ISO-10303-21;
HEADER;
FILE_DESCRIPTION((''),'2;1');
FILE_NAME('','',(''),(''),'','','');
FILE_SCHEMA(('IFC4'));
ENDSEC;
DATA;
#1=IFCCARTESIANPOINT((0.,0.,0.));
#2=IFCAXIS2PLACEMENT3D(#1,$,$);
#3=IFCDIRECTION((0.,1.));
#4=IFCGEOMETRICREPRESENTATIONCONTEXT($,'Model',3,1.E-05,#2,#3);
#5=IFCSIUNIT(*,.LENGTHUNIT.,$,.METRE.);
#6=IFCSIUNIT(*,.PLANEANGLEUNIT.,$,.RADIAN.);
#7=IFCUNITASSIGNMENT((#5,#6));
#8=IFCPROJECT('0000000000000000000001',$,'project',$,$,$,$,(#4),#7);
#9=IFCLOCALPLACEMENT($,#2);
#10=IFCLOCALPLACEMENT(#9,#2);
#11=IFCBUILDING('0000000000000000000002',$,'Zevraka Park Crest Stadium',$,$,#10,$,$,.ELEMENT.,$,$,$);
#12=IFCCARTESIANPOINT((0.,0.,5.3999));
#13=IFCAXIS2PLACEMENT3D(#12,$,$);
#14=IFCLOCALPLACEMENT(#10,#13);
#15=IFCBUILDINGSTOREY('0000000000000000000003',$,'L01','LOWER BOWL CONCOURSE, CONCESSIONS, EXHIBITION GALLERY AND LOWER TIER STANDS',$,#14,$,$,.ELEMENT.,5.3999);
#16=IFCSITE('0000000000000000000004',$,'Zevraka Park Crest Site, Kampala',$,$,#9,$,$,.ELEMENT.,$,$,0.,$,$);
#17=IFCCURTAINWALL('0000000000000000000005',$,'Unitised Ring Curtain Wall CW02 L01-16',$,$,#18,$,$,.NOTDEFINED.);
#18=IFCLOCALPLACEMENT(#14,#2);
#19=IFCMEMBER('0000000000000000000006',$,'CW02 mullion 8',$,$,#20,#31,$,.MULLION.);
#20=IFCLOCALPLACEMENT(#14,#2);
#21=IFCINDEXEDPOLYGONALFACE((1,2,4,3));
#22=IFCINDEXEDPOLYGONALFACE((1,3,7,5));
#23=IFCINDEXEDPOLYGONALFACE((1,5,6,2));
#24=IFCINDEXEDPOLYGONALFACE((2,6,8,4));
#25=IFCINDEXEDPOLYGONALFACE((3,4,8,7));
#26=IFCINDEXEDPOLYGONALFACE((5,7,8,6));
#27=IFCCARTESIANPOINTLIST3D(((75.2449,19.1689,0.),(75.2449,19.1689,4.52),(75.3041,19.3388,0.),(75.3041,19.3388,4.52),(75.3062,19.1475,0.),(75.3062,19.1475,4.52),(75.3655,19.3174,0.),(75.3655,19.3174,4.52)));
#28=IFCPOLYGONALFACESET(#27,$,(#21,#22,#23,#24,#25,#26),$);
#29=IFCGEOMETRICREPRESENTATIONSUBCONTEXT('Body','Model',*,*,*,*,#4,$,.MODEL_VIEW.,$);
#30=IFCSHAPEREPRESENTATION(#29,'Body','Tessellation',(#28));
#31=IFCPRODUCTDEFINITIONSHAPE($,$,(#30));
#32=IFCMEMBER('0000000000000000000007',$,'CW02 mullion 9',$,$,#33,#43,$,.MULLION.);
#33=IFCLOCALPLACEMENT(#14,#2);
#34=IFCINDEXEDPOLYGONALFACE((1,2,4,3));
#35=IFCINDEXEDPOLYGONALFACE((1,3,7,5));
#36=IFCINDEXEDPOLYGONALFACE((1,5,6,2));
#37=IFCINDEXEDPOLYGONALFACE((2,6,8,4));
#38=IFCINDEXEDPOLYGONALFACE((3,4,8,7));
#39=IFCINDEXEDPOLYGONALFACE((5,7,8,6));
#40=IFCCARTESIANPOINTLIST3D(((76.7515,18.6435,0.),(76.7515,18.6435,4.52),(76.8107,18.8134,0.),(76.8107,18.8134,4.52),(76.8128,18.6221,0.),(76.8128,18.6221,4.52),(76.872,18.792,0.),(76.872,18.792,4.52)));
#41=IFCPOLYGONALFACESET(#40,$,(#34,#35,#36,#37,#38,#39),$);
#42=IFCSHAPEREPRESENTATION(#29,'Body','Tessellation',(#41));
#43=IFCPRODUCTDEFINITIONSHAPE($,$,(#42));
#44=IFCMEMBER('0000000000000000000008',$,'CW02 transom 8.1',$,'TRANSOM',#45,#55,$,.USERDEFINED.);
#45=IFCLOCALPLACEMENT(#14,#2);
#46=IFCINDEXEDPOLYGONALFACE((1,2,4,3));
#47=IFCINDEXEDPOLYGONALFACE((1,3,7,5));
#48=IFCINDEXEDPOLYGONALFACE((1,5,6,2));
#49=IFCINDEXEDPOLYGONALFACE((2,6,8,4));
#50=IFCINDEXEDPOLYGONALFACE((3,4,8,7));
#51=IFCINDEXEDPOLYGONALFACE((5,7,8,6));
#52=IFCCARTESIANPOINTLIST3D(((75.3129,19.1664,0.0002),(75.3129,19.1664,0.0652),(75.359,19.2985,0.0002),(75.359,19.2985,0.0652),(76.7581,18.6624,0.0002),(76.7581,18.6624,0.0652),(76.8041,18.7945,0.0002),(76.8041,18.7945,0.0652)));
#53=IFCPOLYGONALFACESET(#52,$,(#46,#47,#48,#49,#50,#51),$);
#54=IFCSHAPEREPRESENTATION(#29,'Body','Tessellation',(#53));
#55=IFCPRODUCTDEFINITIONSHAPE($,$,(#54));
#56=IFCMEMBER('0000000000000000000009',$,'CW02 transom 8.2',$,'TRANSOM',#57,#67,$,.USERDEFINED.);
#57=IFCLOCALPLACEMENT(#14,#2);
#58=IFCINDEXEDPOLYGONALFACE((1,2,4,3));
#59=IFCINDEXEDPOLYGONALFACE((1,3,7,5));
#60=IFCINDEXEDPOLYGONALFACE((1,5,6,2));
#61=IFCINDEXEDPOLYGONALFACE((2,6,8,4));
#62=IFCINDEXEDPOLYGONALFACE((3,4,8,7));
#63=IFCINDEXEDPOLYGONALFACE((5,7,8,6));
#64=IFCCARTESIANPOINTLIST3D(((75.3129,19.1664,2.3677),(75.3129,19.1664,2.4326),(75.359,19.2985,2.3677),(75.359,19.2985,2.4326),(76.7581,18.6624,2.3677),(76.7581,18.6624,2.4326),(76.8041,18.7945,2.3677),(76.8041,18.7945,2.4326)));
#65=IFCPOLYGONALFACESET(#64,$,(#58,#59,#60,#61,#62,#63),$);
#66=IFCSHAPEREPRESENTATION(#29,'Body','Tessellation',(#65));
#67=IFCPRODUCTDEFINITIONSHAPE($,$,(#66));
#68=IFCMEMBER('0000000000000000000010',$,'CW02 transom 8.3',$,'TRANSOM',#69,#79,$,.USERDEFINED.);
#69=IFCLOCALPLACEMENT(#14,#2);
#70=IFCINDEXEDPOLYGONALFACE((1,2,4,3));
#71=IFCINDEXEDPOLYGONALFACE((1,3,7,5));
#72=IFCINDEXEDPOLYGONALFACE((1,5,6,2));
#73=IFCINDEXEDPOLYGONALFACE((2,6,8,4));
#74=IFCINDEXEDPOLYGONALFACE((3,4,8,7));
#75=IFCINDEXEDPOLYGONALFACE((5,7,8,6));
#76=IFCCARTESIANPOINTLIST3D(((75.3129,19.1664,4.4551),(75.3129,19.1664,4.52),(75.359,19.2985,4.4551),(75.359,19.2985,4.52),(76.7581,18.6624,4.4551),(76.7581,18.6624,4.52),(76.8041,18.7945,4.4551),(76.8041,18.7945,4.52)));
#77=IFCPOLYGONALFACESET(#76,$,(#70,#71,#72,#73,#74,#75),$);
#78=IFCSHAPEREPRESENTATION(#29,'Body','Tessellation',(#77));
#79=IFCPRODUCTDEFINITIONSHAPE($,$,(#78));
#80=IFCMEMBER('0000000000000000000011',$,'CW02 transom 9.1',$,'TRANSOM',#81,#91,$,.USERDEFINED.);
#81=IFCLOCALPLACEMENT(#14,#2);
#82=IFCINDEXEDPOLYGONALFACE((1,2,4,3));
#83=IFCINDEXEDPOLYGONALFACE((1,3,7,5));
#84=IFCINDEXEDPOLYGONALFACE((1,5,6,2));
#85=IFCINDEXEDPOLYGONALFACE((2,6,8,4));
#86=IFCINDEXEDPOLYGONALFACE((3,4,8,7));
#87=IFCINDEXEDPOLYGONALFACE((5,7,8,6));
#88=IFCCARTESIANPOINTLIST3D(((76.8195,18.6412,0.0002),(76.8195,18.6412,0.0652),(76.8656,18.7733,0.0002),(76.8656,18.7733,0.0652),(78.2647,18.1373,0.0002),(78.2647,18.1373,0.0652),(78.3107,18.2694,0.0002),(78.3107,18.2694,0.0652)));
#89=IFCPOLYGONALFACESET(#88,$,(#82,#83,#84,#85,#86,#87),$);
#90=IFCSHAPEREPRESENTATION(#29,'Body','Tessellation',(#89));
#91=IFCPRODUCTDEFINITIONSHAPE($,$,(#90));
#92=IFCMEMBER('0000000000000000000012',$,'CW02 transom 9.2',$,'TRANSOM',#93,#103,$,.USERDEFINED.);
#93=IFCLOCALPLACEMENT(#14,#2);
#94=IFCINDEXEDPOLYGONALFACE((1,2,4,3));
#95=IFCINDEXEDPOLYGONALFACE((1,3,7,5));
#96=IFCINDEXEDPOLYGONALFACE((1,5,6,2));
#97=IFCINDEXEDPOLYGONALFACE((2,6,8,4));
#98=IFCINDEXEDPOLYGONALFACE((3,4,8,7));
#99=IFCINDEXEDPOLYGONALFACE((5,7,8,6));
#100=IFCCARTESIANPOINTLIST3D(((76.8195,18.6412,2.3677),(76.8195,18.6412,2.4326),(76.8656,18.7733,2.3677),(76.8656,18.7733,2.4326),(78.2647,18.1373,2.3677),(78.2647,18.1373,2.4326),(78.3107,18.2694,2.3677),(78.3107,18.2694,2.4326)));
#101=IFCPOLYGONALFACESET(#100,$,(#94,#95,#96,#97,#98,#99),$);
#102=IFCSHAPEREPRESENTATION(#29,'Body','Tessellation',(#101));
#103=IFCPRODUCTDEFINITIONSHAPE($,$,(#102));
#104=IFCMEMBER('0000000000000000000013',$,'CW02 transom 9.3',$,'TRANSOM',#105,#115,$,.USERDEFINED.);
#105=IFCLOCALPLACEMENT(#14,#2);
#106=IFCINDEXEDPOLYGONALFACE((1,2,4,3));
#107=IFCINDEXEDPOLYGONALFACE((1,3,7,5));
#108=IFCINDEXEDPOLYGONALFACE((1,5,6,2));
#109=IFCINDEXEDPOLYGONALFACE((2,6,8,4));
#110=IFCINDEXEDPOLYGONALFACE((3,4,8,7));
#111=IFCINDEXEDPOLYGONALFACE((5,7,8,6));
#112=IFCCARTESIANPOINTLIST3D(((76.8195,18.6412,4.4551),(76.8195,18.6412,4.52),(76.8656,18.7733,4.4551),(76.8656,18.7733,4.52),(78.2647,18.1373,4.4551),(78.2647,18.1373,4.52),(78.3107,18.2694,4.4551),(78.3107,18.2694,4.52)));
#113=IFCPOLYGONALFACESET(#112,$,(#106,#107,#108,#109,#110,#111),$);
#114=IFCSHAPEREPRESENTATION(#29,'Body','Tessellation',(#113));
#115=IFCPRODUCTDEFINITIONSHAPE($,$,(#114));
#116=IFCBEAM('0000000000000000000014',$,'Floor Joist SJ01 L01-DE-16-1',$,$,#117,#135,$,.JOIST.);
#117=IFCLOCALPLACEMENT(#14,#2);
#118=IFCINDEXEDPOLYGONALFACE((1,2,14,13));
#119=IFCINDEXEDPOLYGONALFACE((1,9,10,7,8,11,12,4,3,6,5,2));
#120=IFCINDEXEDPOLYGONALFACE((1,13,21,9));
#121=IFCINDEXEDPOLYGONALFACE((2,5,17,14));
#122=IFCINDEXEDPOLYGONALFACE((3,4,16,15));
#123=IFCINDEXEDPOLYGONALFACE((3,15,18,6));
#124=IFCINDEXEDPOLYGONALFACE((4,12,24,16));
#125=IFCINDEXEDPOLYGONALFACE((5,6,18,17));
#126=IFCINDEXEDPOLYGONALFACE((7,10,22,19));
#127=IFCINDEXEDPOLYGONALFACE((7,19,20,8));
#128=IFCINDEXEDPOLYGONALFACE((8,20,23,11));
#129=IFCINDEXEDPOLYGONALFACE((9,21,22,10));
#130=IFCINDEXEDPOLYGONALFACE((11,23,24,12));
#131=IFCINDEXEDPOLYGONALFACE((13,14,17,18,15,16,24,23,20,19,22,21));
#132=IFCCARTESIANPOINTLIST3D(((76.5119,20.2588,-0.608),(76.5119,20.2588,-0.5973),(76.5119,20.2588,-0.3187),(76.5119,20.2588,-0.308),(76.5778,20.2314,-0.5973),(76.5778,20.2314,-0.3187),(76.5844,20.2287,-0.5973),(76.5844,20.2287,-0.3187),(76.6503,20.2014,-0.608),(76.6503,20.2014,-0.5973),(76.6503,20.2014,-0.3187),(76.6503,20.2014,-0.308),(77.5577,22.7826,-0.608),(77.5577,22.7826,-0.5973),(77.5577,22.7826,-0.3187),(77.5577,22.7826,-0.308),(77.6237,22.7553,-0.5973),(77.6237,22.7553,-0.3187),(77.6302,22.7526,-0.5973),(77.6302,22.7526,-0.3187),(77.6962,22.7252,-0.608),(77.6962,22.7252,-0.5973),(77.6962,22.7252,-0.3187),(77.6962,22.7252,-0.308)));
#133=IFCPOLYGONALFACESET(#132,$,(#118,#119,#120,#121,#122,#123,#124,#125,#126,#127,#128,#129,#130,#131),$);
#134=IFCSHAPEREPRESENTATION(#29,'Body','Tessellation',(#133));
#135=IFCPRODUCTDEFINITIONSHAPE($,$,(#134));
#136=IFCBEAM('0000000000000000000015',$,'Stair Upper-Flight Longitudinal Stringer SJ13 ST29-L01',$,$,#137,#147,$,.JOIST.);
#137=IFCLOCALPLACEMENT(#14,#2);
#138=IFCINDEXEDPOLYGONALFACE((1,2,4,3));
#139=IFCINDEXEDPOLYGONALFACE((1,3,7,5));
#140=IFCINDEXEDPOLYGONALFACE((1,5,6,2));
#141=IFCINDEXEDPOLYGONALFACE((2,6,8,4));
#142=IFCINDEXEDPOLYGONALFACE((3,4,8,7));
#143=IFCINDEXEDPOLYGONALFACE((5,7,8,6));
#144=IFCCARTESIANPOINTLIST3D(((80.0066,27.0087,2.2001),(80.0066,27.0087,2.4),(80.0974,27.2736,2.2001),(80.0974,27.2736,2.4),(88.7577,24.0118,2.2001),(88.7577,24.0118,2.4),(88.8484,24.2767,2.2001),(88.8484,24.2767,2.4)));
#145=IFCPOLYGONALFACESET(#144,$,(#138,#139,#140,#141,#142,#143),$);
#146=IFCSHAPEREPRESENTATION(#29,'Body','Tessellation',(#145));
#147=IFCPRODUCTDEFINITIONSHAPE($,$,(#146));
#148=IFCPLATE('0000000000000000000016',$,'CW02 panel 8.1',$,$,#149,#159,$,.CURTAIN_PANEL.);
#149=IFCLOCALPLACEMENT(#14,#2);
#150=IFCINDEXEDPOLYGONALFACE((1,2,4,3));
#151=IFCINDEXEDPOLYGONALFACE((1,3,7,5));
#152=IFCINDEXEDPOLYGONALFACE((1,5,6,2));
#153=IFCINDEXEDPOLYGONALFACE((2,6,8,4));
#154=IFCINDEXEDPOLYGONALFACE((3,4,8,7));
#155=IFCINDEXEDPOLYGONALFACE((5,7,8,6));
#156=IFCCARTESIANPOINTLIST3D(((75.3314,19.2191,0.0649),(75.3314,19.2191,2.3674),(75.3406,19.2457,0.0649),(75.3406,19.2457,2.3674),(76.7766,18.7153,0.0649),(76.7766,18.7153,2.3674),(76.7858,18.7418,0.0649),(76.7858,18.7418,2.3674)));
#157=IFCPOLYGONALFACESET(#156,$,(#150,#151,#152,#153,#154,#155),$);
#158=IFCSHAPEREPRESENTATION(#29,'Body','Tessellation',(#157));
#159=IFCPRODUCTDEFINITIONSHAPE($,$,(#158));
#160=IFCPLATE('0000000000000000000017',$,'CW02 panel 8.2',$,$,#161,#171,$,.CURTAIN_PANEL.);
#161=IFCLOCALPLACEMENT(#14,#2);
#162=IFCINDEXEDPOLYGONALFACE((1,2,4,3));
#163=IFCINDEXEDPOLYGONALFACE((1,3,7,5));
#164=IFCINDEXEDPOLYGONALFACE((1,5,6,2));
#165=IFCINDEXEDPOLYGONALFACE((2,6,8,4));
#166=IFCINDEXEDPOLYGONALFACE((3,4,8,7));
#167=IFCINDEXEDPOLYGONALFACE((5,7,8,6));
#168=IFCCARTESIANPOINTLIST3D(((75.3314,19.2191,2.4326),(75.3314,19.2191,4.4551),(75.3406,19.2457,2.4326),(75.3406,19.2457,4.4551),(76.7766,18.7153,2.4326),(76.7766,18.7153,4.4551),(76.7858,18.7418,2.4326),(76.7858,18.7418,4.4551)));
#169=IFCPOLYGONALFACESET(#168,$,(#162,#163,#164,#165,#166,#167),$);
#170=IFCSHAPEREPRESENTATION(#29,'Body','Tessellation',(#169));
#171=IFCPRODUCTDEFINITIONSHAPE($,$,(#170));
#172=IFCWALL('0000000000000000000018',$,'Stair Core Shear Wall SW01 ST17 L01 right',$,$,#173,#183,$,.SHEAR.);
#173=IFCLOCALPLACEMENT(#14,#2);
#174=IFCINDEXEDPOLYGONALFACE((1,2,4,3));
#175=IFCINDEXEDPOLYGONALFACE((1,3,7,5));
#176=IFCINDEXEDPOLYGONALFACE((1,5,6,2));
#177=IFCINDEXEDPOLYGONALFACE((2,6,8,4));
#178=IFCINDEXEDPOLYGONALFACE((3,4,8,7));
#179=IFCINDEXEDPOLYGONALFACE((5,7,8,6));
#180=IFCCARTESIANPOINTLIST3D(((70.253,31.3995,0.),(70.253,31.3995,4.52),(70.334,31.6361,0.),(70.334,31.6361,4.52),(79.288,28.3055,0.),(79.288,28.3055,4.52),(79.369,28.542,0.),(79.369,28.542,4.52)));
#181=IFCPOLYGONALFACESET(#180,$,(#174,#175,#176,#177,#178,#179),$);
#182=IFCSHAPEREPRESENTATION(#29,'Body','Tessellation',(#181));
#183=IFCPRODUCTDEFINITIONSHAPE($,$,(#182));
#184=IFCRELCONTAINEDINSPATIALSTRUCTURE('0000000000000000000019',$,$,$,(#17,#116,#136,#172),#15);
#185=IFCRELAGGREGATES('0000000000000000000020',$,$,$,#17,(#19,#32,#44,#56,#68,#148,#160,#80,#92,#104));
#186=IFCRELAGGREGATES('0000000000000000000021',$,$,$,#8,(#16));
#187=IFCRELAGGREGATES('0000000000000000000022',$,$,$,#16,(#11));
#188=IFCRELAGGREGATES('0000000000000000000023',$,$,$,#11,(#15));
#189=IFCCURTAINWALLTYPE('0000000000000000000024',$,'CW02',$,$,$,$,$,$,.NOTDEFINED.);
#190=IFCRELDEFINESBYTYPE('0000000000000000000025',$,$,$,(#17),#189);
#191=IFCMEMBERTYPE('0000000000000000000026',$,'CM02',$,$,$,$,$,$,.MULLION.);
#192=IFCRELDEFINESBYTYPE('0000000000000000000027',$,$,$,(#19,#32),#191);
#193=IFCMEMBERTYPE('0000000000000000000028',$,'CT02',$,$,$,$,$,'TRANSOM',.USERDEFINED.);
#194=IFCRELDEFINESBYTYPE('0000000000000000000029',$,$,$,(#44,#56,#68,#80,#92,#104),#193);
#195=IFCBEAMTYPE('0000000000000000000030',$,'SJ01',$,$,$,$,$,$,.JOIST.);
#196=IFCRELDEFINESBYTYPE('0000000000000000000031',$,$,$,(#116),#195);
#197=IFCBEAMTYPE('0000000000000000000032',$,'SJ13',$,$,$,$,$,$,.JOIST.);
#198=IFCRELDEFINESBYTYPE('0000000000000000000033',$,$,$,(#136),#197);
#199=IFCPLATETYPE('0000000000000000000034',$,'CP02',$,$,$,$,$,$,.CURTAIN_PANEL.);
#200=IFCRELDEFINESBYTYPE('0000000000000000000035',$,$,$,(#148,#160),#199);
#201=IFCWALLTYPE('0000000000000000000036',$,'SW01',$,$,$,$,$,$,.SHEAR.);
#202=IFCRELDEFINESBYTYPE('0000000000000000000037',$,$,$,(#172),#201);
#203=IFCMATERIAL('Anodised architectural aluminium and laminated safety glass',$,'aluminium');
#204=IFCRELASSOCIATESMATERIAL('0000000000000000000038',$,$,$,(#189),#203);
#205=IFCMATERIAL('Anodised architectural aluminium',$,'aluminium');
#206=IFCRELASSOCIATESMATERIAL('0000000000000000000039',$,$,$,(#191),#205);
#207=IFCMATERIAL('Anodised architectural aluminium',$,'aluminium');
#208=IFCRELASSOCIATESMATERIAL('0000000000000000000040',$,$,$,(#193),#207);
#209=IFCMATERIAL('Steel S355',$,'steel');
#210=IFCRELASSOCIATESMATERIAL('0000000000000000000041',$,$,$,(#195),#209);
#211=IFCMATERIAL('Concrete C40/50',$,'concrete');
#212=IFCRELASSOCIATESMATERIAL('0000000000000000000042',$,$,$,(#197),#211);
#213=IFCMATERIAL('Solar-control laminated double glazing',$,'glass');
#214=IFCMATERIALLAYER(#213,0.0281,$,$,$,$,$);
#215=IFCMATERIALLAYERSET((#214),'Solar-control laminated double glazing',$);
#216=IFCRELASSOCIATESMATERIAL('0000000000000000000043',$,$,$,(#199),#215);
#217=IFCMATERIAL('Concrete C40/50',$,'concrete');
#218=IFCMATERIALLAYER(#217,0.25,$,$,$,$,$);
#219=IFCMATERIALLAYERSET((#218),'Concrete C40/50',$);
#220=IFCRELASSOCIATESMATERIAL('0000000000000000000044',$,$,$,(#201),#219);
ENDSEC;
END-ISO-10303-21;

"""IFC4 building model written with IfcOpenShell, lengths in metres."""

from ifc_helpers import new_model, si_unit, direction, frame, frame_2d, origin, origin_2d, place, context, subcontext, project, spatial, rectangle, i_section, extrude, material, layer, layer_set, material_profile, profile_set, type_object, element, aggregate, save


model = new_model("IFC4")

# Units and contexts
model_context = context("Model", 3, precision=1e-05, world=origin(), true_north=direction((0.0, 1.0)))
body_context = subcontext(model_context, "Body", "Model", "MODEL_VIEW")
ifc_project = project(units=[si_unit("LENGTHUNIT", "METRE"), si_unit("PLANEANGLEUNIT", "RADIAN")], contexts=[model_context])

# Site, building, storey
site_placement = place(None, origin())
site = spatial("IfcSite", under=ifc_project, at=site_placement, Name="Zevraka Park Crest Site, Kampala", CompositionType="ELEMENT", RefElevation=0.0)
building_placement = place(site_placement, origin())
building = spatial("IfcBuilding", under=site, at=building_placement, Name="Zevraka Park Crest Stadium", CompositionType="ELEMENT")
storey_placement = place(building_placement, frame((0.0, 0.0, 5.3999)))
storey = spatial("IfcBuildingStorey", under=building, at=storey_placement, Name="L01", Description="LOWER BOWL CONCOURSE, CONCESSIONS, EXHIBITION GALLERY AND LOWER TIER STANDS", CompositionType="ELEMENT", Elevation=5.3999)

# Curtain wall, members
ifc_material_1 = material(Name="Anodised architectural aluminium and laminated safety glass", Category="aluminium")
curtain_wall_type = type_object("IfcCurtainWallType", Name="CW02", PredefinedType="NOTDEFINED", material=ifc_material_1)
curtain_wall_placement = place(storey_placement, origin())
curtain_wall = element("IfcCurtainWall", 1, at=curtain_wall_placement, inside=storey, type_object=curtain_wall_type, Name="Unitised Ring Curtain Wall CW02 L01-16", PredefinedType="NOTDEFINED")
ifc_material_2 = material(Name="Anodised architectural aluminium", Category="aluminium")
ifc_material_profile_1 = material_profile(ifc_material_2, rectangle(XDim=0.1799, YDim=0.0649, at=origin_2d()), Name="ALU MULLION 180x65")
ifc_profile_set_1 = profile_set([ifc_material_profile_1], Name="Anodised architectural aluminium")
member_type_1 = type_object("IfcMemberType", Name="CM02", PredefinedType="MULLION", material=ifc_profile_set_1)
member_1_placement = place(storey_placement, frame((75.3052, 19.2432, 0.0), z_axis=(0.0, 0.0, 1.0), x_axis=(0.329209, 0.944257, 0.0)))
member_1 = element("IfcMember", 2, at=member_1_placement, type_object=member_type_1, Name="CW02 mullion 8", PredefinedType="MULLION", context=body_context, shape_type="SweptSolid", body=[
    extrude(rectangle(XDim=0.1799, YDim=0.0649, at=origin_2d()), origin(), (0.0, 0.0, 1.0), 4.52),
])
member_2_placement = place(storey_placement, frame((76.8118, 18.7178, 0.0), z_axis=(0.0, 0.0, 1.0), x_axis=(0.329209, 0.944257, 0.0)))
member_2 = element("IfcMember", 3, at=member_2_placement, type_object=member_type_1, Name="CW02 mullion 9", PredefinedType="MULLION", context=body_context, shape_type="SweptSolid", body=[
    extrude(rectangle(XDim=0.1799, YDim=0.0649, at=origin_2d()), origin(), (0.0, 0.0, 1.0), 4.52),
])
ifc_material_3 = material(Name="Anodised architectural aluminium", Category="aluminium")
ifc_material_profile_2 = material_profile(ifc_material_3, rectangle(XDim=0.1399, YDim=0.0649, at=origin_2d()), Name="ALU TRANSOM 140x65")
ifc_profile_set_2 = profile_set([ifc_material_profile_2], Name="Anodised architectural aluminium")
member_type_2 = type_object("IfcMemberType", Name="CT02", ElementType="TRANSOM", PredefinedType="USERDEFINED", material=ifc_profile_set_2)
member_3_placement = place(storey_placement, frame((75.3359, 19.2324, 0.0327), z_axis=(0.944238, -0.329263, 0.0), x_axis=(0.329263, 0.944238, 0.0)))
member_3 = element("IfcMember", 4, at=member_3_placement, type_object=member_type_2, Name="CW02 transom 8.1", ObjectType="TRANSOM", PredefinedType="USERDEFINED", context=body_context, shape_type="SweptSolid", body=[
    extrude(rectangle(XDim=0.1399, YDim=0.0649, at=origin_2d()), origin(), (0.0, 0.0, 1.0), 1.5305),
])
member_4_placement = place(storey_placement, frame((75.3359, 19.2324, 2.4001), z_axis=(0.944238, -0.329263, 0.0), x_axis=(0.329263, 0.944238, 0.0)))
member_4 = element("IfcMember", 5, at=member_4_placement, type_object=member_type_2, Name="CW02 transom 8.2", ObjectType="TRANSOM", PredefinedType="USERDEFINED", context=body_context, shape_type="SweptSolid", body=[
    extrude(rectangle(XDim=0.1399, YDim=0.0649, at=origin_2d()), origin(), (0.0, 0.0, 1.0), 1.5305),
])
member_5_placement = place(storey_placement, frame((75.3359, 19.2324, 4.4875), z_axis=(0.944238, -0.329263, 0.0), x_axis=(0.329263, 0.944238, 0.0)))
member_5 = element("IfcMember", 6, at=member_5_placement, type_object=member_type_2, Name="CW02 transom 8.3", ObjectType="TRANSOM", PredefinedType="USERDEFINED", context=body_context, shape_type="SweptSolid", body=[
    extrude(rectangle(XDim=0.1399, YDim=0.0649, at=origin_2d()), origin(), (0.0, 0.0, 1.0), 1.5305),
])
member_6_placement = place(storey_placement, frame((76.8425, 18.7073, 0.0327), z_axis=(0.944238, -0.329263, 0.0), x_axis=(0.329263, 0.944238, 0.0)))
member_6 = element("IfcMember", 7, at=member_6_placement, type_object=member_type_2, Name="CW02 transom 9.1", ObjectType="TRANSOM", PredefinedType="USERDEFINED", context=body_context, shape_type="SweptSolid", body=[
    extrude(rectangle(XDim=0.1399, YDim=0.0649, at=origin_2d()), origin(), (0.0, 0.0, 1.0), 1.5305),
])
member_7_placement = place(storey_placement, frame((76.8425, 18.7073, 2.4001), z_axis=(0.944238, -0.329263, 0.0), x_axis=(0.329263, 0.944238, 0.0)))
member_7 = element("IfcMember", 8, at=member_7_placement, type_object=member_type_2, Name="CW02 transom 9.2", ObjectType="TRANSOM", PredefinedType="USERDEFINED", context=body_context, shape_type="SweptSolid", body=[
    extrude(rectangle(XDim=0.1399, YDim=0.0649, at=origin_2d()), origin(), (0.0, 0.0, 1.0), 1.5305),
])
member_8_placement = place(storey_placement, frame((76.8425, 18.7073, 4.4875), z_axis=(0.944238, -0.329263, 0.0), x_axis=(0.329263, 0.944238, 0.0)))
member_8 = element("IfcMember", 9, at=member_8_placement, type_object=member_type_2, Name="CW02 transom 9.3", ObjectType="TRANSOM", PredefinedType="USERDEFINED", context=body_context, shape_type="SweptSolid", body=[
    extrude(rectangle(XDim=0.1399, YDim=0.0649, at=origin_2d()), origin(), (0.0, 0.0, 1.0), 1.5305),
])

# Beams
ifc_material_4 = material(Name="Steel S355", Category="steel")
ifc_material_profile_3 = material_profile(ifc_material_4, i_section(OverallWidth=0.1499, OverallDepth=0.3, WebThickness=0.0071, FlangeThickness=0.0107, at=origin_2d()), Name="IPE 300")
ifc_profile_set_3 = profile_set([ifc_material_profile_3], Name="Steel S355")
beam_type_1 = type_object("IfcBeamType", Name="SJ01", PredefinedType="JOIST", material=ifc_profile_set_3)
beam_1_placement = place(storey_placement, frame((77.627, 22.7539, -0.458), z_axis=(-0.382825, -0.923821, 0.0), x_axis=(0.923821, -0.382825, 0.0)))
element("IfcBeam", 10, at=beam_1_placement, inside=storey, type_object=beam_type_1, Name="Floor Joist SJ01 L01-DE-16-1", PredefinedType="JOIST", context=body_context, shape_type="SweptSolid", body=[
    extrude(i_section(OverallWidth=0.1499, OverallDepth=0.3, WebThickness=0.0071, FlangeThickness=0.0107, at=origin_2d()), origin(), (0.0, 0.0, 1.0), 2.7319),
])
ifc_material_5 = material(Name="Concrete C40/50", Category="concrete")
ifc_material_profile_4 = material_profile(ifc_material_5, rectangle(XDim=0.28, YDim=0.2, at=origin_2d()), Name="RC 200x280")
ifc_profile_set_4 = profile_set([ifc_material_profile_4], Name="Concrete C40/50")
beam_type_2 = type_object("IfcBeamType", Name="SJ13", PredefinedType="JOIST", material=ifc_profile_set_4)
beam_2_placement = place(storey_placement, frame((80.052, 27.1411, 2.3), z_axis=(0.946062, -0.323985, 0.0), x_axis=(0.323985, 0.946062, 0.0)))
element("IfcBeam", 11, at=beam_2_placement, inside=storey, type_object=beam_type_2, Name="Stair Upper-Flight Longitudinal Stringer SJ13 ST29-L01", PredefinedType="JOIST", context=body_context, shape_type="SweptSolid", body=[
    extrude(rectangle(XDim=0.28, YDim=0.2, at=origin_2d()), origin(), (0.0, 0.0, 1.0), 9.25),
])

# Plates
ifc_material_6 = material(Name="Solar-control laminated double glazing", Category="glass")
ifc_layer_1 = layer(ifc_material_6, 0.0281)
ifc_layer_set_1 = layer_set([ifc_layer_1], Name="Solar-control laminated double glazing")
plate_type = type_object("IfcPlateType", Name="CP02", PredefinedType="CURTAIN_PANEL", material=ifc_layer_set_1)
plate_1_placement = place(storey_placement, frame((76.0586, 18.9805, 0.0649), z_axis=(0.0, 0.0, 1.0), x_axis=(0.944257, -0.329209, 0.0)))
plate_1 = element("IfcPlate", 12, at=plate_1_placement, type_object=plate_type, Name="CW02 panel 8.1", PredefinedType="CURTAIN_PANEL", context=body_context, shape_type="SweptSolid", body=[
    extrude(rectangle(XDim=1.5305, YDim=0.0281, at=origin_2d()), origin(), (0.0, 0.0, 1.0), 2.3025),
])
plate_2_placement = place(storey_placement, frame((76.0586, 18.9805, 2.4326), z_axis=(0.0, 0.0, 1.0), x_axis=(0.944257, -0.329209, 0.0)))
plate_2 = element("IfcPlate", 13, at=plate_2_placement, type_object=plate_type, Name="CW02 panel 8.2", PredefinedType="CURTAIN_PANEL", context=body_context, shape_type="SweptSolid", body=[
    extrude(rectangle(XDim=1.5305, YDim=0.0281, at=origin_2d()), origin(), (0.0, 0.0, 1.0), 2.0225),
])
aggregate(curtain_wall, [member_1, member_2, member_3, member_4, member_5, plate_1, plate_2, member_6, member_7, member_8])

# Wall
ifc_material_7 = material(Name="Concrete C40/50", Category="concrete")
ifc_layer_2 = layer(ifc_material_7, 0.25)
ifc_layer_set_2 = layer_set([ifc_layer_2], Name="Concrete C40/50")
wall_type = type_object("IfcWallType", Name="SW01", PredefinedType="SHEAR", material=ifc_layer_set_2)
wall_1_placement = place(storey_placement, frame((79.3284, 28.4238, 0.0), z_axis=(0.0, 0.0, 1.0), x_axis=(-0.946064, 0.323979, 0.0)))
element("IfcWall", 14, at=wall_1_placement, inside=storey, type_object=wall_type, Name="Stair Core Shear Wall SW01 ST17 L01 right", PredefinedType="SHEAR", context=body_context, shape_type="SweptSolid", body=[
    extrude(rectangle(XDim=9.55, YDim=0.25, at=frame_2d((4.7749, 0.0))), origin(), (0.0, 0.0, 1.0), 4.52),
])

save(model, "model.ifc")
